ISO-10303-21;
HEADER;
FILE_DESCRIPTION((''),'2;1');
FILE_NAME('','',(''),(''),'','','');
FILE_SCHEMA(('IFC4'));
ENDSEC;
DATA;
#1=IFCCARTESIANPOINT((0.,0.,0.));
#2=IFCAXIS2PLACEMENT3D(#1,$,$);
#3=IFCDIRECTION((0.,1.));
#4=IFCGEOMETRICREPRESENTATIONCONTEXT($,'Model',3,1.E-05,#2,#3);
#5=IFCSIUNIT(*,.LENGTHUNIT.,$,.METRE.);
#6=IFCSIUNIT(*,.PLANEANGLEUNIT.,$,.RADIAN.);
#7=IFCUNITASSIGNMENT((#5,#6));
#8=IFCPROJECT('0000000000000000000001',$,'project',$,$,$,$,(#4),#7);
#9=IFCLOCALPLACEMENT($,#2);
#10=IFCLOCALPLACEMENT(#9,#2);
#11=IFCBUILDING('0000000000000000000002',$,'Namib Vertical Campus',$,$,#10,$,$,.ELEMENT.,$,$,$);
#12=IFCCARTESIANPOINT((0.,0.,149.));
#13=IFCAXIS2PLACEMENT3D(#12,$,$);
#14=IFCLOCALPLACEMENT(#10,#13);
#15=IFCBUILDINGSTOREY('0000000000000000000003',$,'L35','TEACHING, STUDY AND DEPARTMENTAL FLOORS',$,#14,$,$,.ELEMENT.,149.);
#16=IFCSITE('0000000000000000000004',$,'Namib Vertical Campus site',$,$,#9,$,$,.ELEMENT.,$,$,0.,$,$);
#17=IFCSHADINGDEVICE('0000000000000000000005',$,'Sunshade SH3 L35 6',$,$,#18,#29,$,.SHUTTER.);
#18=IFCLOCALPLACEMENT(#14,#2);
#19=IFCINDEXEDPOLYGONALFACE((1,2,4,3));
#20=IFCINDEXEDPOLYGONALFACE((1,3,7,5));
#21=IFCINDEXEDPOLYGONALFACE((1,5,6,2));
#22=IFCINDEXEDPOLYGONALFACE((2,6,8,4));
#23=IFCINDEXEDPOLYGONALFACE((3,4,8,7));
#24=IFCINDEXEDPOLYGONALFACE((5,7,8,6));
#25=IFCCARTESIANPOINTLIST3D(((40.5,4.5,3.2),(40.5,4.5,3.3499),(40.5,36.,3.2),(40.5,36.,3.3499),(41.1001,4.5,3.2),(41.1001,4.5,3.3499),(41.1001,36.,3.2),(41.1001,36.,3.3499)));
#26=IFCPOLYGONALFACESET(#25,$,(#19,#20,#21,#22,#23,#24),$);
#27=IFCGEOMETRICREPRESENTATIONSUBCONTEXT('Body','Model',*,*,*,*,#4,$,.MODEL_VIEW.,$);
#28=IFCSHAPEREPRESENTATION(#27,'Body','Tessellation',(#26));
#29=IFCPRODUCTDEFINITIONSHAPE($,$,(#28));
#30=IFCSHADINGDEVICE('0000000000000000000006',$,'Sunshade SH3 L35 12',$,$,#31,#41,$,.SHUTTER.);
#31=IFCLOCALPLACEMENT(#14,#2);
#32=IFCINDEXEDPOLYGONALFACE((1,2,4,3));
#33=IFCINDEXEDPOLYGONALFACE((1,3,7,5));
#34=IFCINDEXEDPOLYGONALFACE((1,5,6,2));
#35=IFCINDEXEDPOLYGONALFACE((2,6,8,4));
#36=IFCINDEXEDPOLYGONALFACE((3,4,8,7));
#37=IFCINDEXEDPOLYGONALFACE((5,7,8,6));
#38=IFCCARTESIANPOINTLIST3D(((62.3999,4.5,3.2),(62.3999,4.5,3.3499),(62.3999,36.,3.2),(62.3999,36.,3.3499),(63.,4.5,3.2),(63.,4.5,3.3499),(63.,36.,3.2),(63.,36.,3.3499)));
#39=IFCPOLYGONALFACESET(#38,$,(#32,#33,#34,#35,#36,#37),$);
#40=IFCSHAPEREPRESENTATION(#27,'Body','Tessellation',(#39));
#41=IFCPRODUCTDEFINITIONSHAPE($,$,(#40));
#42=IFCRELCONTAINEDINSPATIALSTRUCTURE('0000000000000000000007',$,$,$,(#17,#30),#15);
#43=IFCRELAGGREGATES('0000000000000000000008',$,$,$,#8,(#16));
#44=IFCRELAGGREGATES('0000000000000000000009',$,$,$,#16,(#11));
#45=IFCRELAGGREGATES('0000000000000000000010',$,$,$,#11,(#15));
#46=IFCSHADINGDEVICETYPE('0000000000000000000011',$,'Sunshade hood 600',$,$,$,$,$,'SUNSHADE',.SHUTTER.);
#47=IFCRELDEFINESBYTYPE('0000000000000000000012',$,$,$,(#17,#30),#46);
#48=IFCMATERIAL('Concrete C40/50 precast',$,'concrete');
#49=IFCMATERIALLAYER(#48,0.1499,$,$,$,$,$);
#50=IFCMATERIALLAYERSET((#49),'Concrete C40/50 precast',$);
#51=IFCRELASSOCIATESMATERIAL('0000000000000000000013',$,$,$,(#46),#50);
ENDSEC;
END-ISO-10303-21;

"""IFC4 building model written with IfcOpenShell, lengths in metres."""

from ifc_helpers import new_model, si_unit, direction, frame, origin, origin_2d, place, context, subcontext, project, spatial, rectangle, extrude, material, layer, layer_set, type_object, element, save


model = new_model("IFC4")

# Units and contexts
model_context = context("Model", 3, precision=1e-05, world=origin(), true_north=direction((0.0, 1.0)))
body_context = subcontext(model_context, "Body", "Model", "MODEL_VIEW")
ifc_project = project(units=[si_unit("LENGTHUNIT", "METRE"), si_unit("PLANEANGLEUNIT", "RADIAN")], contexts=[model_context])

# Site, building, storey
site_placement = place(None, origin())
site = spatial("IfcSite", under=ifc_project, at=site_placement, Name="Namib Vertical Campus site", CompositionType="ELEMENT", RefElevation=0.0)
building_placement = place(site_placement, origin())
building = spatial("IfcBuilding", under=site, at=building_placement, Name="Namib Vertical Campus", CompositionType="ELEMENT")
storey_placement = place(building_placement, frame((0.0, 0.0, 149.0)))
storey = spatial("IfcBuildingStorey", under=building, at=storey_placement, Name="L35", Description="TEACHING, STUDY AND DEPARTMENTAL FLOORS", CompositionType="ELEMENT", Elevation=149.0)

# Shading devices
ifc_material_1 = material(Name="Concrete C40/50 precast", Category="concrete")
ifc_layer_1 = layer(ifc_material_1, 0.1499)
ifc_layer_set_1 = layer_set([ifc_layer_1], Name="Concrete C40/50 precast")
shading_device_type = type_object("IfcShadingDeviceType", Name="Sunshade hood 600", ElementType="SUNSHADE", PredefinedType="SHUTTER", material=ifc_layer_set_1)
for number, where, z_axis, x_axis, name in (
    (1, (40.8, 20.25, 3.2), (0.0, 0.0, 1.0), (0.0, 1.0, 0.0), "Sunshade SH3 L35 6"),
    (2, (62.7, 20.25, 3.2), (0.0, 0.0, 1.0), (0.0, -1.0, 0.0), "Sunshade SH3 L35 12"),
):
    element("IfcShadingDevice", number, at=place(storey_placement, frame(where, z_axis=z_axis, x_axis=x_axis)), inside=storey, type_object=shading_device_type, Name=name, PredefinedType="SHUTTER", context=body_context, shape_type="SweptSolid", body=[
        extrude(rectangle(XDim=31.5, YDim=0.6001, at=origin_2d()), origin(), (0.0, 0.0, 1.0), 0.1499),
    ])

save(model, "model.ifc")
